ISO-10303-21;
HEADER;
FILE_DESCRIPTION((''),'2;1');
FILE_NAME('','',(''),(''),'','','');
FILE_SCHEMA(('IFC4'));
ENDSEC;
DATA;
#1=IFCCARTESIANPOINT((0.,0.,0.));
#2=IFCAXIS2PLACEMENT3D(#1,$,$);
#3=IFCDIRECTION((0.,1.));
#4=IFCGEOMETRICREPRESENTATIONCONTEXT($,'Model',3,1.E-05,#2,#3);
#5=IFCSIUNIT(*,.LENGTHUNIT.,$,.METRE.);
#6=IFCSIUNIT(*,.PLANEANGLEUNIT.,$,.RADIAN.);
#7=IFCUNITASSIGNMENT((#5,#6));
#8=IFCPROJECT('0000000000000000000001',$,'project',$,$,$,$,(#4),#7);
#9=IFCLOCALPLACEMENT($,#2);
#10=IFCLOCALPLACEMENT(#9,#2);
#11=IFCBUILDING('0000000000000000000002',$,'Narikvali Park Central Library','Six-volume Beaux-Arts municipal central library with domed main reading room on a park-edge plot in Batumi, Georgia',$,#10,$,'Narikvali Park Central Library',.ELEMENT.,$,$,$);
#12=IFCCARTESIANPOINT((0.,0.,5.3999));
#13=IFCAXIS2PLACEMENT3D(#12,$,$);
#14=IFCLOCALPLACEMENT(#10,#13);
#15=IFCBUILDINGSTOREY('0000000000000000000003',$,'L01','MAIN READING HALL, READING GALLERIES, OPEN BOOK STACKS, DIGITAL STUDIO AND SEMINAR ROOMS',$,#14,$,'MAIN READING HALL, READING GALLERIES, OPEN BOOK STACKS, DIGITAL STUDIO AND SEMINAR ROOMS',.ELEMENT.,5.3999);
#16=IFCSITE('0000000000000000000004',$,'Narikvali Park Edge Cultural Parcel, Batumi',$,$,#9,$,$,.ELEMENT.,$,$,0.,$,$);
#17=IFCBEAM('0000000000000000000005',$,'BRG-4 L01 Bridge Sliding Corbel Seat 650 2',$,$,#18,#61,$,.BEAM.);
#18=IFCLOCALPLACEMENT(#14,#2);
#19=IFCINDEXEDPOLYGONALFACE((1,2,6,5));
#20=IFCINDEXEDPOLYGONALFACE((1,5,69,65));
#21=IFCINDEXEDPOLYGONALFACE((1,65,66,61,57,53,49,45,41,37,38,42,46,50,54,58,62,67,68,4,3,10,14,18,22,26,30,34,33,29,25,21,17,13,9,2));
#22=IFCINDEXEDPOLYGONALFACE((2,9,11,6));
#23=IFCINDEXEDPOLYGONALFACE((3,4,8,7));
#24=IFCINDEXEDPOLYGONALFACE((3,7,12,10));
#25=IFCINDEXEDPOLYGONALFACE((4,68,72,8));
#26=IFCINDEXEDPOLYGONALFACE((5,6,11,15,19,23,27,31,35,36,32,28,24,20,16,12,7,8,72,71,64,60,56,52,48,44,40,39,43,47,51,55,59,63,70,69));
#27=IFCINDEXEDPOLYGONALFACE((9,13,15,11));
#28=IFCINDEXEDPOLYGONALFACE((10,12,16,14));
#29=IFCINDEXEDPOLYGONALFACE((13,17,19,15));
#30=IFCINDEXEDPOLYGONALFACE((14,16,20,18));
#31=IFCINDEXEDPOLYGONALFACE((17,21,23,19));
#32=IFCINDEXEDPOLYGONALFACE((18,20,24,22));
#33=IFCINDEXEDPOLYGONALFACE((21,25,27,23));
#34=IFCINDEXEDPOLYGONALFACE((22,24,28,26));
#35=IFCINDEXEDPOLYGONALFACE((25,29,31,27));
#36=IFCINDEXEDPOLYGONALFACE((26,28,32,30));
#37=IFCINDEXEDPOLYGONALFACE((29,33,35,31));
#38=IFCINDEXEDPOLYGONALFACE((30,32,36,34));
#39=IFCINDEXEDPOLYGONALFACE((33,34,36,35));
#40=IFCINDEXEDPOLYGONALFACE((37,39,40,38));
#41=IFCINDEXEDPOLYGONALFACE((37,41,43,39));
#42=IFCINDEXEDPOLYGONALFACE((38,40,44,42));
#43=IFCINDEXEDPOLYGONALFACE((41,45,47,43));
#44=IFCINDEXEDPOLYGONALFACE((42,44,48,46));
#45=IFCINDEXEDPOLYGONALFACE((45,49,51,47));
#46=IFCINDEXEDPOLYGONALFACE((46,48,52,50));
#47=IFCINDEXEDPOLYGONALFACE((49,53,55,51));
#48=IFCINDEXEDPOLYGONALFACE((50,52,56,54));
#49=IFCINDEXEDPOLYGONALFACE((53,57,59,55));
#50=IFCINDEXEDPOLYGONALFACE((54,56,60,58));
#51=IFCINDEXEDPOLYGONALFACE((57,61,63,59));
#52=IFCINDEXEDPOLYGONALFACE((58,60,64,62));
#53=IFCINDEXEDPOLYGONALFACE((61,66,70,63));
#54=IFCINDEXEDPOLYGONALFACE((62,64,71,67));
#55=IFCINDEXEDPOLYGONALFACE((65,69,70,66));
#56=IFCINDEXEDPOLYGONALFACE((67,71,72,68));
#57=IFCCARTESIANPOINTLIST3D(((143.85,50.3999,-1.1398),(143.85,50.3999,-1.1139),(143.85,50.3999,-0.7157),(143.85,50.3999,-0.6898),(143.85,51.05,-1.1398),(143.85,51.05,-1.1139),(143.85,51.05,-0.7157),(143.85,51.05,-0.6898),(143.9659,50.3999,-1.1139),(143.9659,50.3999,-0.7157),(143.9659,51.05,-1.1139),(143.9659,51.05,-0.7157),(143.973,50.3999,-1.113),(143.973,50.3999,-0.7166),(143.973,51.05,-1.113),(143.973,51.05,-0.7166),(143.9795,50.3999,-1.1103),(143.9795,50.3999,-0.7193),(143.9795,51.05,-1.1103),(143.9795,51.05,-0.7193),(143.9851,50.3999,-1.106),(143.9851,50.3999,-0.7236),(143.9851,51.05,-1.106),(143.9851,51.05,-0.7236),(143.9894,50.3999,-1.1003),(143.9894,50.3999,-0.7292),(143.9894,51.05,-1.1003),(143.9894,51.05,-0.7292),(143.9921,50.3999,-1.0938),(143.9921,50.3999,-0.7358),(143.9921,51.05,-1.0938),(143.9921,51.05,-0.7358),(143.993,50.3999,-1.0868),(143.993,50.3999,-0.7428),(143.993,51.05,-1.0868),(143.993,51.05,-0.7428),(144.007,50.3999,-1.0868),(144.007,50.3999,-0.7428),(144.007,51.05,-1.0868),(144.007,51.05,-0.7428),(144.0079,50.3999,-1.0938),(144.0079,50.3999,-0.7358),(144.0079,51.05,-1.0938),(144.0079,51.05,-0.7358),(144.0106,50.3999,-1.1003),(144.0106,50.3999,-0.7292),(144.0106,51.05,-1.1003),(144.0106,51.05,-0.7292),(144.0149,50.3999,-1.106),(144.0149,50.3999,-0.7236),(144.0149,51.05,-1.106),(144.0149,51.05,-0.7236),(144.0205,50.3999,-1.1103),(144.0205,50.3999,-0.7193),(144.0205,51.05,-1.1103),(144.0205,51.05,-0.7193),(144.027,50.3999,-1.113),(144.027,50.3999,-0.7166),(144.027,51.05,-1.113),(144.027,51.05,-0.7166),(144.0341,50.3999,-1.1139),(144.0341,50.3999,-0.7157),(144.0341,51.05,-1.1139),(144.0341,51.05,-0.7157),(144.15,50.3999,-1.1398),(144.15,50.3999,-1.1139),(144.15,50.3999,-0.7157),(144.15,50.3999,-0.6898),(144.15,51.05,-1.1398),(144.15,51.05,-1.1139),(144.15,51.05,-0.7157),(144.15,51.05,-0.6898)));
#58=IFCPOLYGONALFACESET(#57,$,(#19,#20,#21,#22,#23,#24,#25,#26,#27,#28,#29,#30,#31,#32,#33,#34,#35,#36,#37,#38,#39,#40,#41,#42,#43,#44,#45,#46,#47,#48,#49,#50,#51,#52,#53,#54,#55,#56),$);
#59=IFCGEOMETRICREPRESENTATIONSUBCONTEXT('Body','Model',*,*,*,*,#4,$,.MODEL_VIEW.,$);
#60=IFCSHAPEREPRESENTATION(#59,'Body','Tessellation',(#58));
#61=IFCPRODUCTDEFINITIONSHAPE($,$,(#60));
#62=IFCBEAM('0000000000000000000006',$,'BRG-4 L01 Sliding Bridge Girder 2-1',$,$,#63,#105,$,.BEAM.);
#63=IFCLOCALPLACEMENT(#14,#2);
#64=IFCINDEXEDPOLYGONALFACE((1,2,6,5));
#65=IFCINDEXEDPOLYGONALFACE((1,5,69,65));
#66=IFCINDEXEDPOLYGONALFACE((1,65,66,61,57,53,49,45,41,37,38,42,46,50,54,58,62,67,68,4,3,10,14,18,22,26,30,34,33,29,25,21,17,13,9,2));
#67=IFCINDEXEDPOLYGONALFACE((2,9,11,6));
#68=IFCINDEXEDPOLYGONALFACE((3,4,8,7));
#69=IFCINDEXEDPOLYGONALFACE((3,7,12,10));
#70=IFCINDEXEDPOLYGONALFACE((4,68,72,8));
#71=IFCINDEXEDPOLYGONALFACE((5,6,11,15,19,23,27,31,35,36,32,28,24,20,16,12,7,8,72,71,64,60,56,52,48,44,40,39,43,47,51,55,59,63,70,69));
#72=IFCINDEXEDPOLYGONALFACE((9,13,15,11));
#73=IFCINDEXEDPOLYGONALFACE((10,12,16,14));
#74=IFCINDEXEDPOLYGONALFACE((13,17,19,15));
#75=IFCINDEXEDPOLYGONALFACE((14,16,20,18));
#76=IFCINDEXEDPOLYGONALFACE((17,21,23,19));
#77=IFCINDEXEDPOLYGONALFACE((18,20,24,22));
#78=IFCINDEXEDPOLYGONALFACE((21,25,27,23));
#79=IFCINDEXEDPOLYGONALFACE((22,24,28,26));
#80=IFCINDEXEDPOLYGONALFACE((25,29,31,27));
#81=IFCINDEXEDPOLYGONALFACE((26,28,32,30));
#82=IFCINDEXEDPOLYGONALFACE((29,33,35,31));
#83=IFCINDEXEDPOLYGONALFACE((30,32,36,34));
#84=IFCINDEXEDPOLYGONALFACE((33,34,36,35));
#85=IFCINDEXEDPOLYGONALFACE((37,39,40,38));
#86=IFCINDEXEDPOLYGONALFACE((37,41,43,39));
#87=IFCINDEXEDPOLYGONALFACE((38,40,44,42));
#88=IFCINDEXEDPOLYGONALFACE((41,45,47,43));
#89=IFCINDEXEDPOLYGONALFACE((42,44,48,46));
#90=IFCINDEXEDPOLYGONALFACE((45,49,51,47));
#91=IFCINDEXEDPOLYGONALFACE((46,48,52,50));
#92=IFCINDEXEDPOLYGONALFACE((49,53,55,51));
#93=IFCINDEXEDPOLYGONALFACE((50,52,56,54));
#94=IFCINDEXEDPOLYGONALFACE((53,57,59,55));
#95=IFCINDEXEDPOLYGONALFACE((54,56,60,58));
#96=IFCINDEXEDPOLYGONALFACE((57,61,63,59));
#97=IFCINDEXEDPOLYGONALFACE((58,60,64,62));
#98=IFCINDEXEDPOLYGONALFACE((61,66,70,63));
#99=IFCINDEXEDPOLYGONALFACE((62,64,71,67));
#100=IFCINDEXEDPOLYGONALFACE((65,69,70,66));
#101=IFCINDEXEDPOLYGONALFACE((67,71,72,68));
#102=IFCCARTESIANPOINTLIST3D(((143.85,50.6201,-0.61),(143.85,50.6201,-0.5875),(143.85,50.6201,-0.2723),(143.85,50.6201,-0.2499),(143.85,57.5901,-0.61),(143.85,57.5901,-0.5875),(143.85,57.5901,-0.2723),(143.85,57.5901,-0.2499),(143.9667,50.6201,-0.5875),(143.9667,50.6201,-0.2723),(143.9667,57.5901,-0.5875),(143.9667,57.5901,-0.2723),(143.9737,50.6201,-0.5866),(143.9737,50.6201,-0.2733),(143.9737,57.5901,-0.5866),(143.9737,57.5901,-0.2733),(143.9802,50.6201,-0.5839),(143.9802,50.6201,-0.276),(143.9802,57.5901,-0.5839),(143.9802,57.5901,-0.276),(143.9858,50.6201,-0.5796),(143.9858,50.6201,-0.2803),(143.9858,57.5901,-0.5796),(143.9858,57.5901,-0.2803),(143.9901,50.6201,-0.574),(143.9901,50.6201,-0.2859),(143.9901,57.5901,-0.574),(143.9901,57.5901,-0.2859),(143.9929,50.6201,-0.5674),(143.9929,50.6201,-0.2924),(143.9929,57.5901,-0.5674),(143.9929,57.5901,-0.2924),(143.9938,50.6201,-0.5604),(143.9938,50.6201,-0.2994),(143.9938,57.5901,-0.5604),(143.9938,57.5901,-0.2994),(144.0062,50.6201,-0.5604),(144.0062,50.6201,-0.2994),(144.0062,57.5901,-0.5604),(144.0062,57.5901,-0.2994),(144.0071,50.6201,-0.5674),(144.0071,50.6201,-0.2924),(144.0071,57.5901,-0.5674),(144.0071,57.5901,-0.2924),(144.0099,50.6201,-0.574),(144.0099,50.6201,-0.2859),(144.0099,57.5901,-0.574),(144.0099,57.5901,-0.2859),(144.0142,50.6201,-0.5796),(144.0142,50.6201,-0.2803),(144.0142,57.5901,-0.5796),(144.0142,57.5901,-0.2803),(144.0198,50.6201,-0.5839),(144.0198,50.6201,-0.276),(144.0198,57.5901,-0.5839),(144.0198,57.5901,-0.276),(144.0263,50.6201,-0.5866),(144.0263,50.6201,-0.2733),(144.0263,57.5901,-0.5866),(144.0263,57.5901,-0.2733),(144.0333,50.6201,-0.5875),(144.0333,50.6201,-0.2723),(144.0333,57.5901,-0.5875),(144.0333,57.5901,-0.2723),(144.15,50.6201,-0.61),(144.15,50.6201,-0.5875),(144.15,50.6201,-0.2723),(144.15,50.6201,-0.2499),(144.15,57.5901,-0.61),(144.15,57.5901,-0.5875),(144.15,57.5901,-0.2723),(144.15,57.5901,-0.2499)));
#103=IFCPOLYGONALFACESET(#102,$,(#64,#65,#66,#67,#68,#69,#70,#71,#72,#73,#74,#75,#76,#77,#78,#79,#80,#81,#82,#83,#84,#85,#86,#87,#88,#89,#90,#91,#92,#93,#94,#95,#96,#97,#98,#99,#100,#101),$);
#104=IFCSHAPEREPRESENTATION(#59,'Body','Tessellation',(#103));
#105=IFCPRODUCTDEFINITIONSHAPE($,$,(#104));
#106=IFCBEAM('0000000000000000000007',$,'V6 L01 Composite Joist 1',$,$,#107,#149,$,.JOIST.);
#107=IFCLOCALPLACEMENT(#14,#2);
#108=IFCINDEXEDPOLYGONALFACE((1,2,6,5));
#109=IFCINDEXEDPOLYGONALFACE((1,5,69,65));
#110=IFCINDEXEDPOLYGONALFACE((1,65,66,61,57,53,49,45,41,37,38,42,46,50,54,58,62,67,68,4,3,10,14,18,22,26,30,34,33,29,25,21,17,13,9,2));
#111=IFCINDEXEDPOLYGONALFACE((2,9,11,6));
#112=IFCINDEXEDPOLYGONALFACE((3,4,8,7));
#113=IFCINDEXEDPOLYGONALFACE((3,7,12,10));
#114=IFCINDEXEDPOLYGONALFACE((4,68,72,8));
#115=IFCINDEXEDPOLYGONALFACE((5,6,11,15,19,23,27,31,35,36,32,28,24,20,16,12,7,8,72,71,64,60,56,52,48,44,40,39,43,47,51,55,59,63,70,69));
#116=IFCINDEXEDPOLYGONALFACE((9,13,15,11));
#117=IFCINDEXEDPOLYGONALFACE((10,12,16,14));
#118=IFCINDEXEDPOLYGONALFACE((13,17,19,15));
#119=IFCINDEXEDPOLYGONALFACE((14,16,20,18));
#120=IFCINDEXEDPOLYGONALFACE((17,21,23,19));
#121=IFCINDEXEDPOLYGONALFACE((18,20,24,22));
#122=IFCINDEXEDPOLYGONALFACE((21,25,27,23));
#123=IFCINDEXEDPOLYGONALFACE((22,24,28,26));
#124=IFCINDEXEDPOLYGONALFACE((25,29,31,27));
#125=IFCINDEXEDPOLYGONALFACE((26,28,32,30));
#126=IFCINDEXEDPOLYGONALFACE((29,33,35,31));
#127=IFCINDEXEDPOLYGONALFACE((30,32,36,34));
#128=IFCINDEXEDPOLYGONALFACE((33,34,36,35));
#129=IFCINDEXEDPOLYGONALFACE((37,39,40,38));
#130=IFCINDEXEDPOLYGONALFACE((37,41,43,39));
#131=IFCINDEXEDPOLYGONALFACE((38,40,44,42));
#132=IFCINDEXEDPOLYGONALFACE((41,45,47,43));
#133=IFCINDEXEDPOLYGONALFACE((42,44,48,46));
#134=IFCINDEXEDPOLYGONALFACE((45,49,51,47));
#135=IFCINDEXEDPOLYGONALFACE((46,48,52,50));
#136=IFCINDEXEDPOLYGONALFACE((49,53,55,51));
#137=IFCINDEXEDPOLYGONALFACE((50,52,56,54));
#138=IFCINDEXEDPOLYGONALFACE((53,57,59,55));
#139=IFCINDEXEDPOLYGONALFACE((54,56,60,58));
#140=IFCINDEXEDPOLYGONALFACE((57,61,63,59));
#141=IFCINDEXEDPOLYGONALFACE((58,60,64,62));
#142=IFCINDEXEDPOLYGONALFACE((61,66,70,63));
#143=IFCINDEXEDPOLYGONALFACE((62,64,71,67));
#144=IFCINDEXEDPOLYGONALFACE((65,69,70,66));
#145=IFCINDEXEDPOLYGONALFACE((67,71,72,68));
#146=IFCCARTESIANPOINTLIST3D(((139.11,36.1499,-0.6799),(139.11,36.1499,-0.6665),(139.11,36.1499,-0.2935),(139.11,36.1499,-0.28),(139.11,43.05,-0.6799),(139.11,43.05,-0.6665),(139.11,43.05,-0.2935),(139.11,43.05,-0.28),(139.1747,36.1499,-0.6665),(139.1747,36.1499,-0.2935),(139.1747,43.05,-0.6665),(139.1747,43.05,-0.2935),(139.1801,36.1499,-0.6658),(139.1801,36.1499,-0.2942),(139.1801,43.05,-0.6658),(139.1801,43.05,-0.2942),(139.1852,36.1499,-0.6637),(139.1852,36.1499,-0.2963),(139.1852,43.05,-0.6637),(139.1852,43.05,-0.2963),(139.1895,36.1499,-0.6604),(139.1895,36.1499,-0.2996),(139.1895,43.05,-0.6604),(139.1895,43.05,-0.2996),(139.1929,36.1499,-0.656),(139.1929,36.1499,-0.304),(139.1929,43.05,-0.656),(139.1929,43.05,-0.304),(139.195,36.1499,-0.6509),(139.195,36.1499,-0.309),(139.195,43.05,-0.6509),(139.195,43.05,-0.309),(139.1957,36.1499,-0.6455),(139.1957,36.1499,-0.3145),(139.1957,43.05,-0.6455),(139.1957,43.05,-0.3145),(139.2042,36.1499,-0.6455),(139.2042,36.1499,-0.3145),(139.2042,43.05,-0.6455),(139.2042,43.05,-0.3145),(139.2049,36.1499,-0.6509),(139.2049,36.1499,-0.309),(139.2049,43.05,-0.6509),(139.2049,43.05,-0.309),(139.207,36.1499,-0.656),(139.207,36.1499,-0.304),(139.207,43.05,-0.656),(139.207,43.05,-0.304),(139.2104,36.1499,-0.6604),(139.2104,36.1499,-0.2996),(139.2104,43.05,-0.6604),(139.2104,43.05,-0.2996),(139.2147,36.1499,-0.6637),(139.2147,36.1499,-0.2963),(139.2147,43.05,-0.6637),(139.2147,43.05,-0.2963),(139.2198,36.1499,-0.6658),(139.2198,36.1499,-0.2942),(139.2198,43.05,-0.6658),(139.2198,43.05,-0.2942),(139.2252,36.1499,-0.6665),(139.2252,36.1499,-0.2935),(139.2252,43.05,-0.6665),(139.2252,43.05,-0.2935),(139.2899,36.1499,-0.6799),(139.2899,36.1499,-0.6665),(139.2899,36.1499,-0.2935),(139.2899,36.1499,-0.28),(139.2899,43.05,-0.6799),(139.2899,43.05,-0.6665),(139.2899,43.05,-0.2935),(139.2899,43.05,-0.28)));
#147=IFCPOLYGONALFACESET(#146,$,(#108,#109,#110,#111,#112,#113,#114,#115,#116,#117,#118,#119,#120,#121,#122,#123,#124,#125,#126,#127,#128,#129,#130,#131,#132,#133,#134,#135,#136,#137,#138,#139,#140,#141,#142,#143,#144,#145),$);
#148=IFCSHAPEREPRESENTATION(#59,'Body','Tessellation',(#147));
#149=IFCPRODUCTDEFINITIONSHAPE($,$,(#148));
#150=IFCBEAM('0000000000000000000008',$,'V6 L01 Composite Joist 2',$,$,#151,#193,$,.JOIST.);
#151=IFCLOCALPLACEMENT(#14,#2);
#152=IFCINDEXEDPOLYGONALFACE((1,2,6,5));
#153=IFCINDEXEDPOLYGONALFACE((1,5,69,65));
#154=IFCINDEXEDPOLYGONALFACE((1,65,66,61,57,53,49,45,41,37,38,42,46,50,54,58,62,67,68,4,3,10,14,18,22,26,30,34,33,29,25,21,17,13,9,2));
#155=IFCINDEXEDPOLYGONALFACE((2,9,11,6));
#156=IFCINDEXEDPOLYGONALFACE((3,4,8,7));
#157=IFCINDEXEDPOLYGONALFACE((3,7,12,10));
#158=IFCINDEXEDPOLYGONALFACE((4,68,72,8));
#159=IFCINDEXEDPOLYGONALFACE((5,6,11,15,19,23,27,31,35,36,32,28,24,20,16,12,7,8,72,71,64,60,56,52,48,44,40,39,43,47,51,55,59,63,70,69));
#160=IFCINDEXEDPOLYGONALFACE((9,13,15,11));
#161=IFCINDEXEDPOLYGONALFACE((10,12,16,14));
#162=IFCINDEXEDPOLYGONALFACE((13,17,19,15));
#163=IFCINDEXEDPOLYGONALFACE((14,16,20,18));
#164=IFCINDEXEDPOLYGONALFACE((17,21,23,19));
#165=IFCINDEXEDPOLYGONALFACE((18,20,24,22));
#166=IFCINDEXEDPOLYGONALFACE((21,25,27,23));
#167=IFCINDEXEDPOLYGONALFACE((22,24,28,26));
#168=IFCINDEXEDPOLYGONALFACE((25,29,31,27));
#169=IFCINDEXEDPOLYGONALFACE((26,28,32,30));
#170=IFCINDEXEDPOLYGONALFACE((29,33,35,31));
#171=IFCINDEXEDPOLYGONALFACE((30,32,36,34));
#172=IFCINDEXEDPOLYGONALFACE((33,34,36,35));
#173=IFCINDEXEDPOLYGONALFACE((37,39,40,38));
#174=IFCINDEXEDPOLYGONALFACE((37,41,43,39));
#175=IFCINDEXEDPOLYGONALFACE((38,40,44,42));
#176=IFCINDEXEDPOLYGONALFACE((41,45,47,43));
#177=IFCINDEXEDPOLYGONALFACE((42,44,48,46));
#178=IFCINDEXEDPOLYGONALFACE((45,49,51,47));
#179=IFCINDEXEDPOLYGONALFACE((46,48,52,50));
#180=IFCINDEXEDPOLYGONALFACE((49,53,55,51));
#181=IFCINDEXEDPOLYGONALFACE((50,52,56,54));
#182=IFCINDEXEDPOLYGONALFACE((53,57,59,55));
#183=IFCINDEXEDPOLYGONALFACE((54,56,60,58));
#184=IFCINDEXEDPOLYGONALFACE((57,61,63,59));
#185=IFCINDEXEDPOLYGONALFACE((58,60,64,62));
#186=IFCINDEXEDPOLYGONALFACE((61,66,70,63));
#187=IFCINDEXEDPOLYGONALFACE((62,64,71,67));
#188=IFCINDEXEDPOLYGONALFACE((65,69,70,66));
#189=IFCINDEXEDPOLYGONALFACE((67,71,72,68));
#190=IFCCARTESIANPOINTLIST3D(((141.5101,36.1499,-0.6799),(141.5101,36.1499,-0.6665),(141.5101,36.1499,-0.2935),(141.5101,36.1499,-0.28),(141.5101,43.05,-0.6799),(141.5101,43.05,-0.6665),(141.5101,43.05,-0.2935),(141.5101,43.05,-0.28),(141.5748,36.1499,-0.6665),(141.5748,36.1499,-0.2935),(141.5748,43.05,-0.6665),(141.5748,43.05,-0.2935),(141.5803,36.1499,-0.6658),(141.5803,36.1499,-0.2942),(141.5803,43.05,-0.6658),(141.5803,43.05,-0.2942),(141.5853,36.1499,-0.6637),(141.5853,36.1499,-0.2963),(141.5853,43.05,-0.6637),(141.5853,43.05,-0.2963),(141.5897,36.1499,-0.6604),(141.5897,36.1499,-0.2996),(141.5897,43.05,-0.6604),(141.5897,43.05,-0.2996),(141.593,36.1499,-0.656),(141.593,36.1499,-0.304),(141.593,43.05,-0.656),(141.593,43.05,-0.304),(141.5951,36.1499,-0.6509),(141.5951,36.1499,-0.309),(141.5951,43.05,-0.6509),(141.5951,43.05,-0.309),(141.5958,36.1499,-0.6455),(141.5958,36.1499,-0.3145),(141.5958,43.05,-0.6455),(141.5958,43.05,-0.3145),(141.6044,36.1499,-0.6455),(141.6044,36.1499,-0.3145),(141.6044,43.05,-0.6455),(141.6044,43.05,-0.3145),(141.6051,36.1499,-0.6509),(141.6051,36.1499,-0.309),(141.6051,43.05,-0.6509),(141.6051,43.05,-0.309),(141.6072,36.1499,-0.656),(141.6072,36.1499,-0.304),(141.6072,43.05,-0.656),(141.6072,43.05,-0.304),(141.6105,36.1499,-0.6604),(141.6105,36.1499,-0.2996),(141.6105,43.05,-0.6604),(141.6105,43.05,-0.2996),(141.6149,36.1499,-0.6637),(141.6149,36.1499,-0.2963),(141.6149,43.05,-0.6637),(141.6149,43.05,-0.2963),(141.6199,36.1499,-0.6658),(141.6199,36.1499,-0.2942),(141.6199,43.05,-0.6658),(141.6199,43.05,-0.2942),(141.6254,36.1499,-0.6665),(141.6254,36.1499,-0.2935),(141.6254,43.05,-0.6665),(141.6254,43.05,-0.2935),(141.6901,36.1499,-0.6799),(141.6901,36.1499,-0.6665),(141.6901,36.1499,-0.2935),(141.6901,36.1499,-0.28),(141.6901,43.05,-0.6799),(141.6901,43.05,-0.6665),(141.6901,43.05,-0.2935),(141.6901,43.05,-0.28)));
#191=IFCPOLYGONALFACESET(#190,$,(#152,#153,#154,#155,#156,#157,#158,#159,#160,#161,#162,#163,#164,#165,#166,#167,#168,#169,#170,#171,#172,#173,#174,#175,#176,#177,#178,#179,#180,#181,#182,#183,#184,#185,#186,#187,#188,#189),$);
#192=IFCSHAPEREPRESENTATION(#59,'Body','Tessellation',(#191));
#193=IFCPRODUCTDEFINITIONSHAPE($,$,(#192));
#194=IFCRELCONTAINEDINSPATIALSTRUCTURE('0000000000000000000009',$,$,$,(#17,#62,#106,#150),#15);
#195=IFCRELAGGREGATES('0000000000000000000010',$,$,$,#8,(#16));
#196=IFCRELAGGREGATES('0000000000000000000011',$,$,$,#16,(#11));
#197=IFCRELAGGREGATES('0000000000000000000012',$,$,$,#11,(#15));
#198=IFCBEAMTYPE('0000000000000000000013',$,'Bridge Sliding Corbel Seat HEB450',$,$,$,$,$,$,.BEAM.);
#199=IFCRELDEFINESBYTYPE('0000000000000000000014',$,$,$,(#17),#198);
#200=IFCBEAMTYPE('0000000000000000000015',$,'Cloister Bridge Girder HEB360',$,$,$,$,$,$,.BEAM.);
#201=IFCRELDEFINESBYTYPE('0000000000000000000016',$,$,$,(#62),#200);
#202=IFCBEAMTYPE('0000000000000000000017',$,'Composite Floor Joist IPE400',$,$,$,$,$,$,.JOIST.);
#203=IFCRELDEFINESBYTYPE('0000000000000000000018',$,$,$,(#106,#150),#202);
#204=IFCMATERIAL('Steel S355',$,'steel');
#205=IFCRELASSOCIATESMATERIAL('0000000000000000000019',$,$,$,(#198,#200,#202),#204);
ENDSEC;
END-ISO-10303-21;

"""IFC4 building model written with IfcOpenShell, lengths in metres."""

from ifc_helpers import new_model, si_unit, direction, frame, origin, origin_2d, place, context, subcontext, project, spatial, i_section, extrude, material, material_profile, profile_set, type_object, element, save


model = new_model("IFC4")

# Units and contexts
model_context = context("Model", 3, precision=1e-05, world=origin(), true_north=direction((0.0, 1.0)))
body_context = subcontext(model_context, "Body", "Model", "MODEL_VIEW")
ifc_project = project(units=[si_unit("LENGTHUNIT", "METRE"), si_unit("PLANEANGLEUNIT", "RADIAN")], contexts=[model_context])

# Site, building, storey
site_placement = place(None, origin())
site = spatial("IfcSite", under=ifc_project, at=site_placement, Name="Narikvali Park Edge Cultural Parcel, Batumi", CompositionType="ELEMENT", RefElevation=0.0)
building_placement = place(site_placement, origin())
building = spatial("IfcBuilding", under=site, at=building_placement, Name="Narikvali Park Central Library", Description="Six-volume Beaux-Arts municipal central library with domed main reading room on a park-edge plot in Batumi, Georgia", LongName="Narikvali Park Central Library", CompositionType="ELEMENT")
storey_placement = place(building_placement, frame((0.0, 0.0, 5.3999)))
storey = spatial("IfcBuildingStorey", under=building, at=storey_placement, Name="L01", Description="MAIN READING HALL, READING GALLERIES, OPEN BOOK STACKS, DIGITAL STUDIO AND SEMINAR ROOMS", LongName="MAIN READING HALL, READING GALLERIES, OPEN BOOK STACKS, DIGITAL STUDIO AND SEMINAR ROOMS", CompositionType="ELEMENT", Elevation=5.3999)

# Shared definitions
ifc_material_1 = material(Name="Steel S355", Category="steel")

# Beams
ifc_material_profile_1 = material_profile(ifc_material_1, i_section(OverallWidth=0.3, OverallDepth=0.45, WebThickness=0.0139, FlangeThickness=0.0259, FilletRadius=0.0271, at=origin_2d()), Name="HEB 450")
ifc_profile_set_1 = profile_set([ifc_material_profile_1], Name="Steel S355")
beam_type_1 = type_object("IfcBeamType", Name="Bridge Sliding Corbel Seat HEB450", PredefinedType="BEAM", material=ifc_profile_set_1)
beam_1_placement = place(storey_placement, frame((144.0, 50.3999, -0.9148), z_axis=(0.0, 1.0, 0.0), x_axis=(-1.0, 0.0, 0.0)))
element("IfcBeam", 1, at=beam_1_placement, inside=storey, type_object=beam_type_1, Name="BRG-4 L01 Bridge Sliding Corbel Seat 650 2", PredefinedType="BEAM", context=body_context, shape_type="SweptSolid", body=[
    extrude(i_section(OverallWidth=0.3, OverallDepth=0.45, WebThickness=0.0139, FlangeThickness=0.0259, FilletRadius=0.0271, at=origin_2d()), origin(), (0.0, 0.0, 1.0), 0.6501),
])
ifc_material_profile_2 = material_profile(ifc_material_1, i_section(OverallWidth=0.3, OverallDepth=0.3601, WebThickness=0.0125, FlangeThickness=0.0225, FilletRadius=0.0271, at=origin_2d()), Name="HEB 360")
ifc_profile_set_2 = profile_set([ifc_material_profile_2], Name="Steel S355")
beam_type_2 = type_object("IfcBeamType", Name="Cloister Bridge Girder HEB360", PredefinedType="BEAM", material=ifc_profile_set_2)
beam_2_placement = place(storey_placement, frame((144.0, 50.6201, -0.4299), z_axis=(0.0, 1.0, 0.0), x_axis=(-1.0, 0.0, 0.0)))
element("IfcBeam", 2, at=beam_2_placement, inside=storey, type_object=beam_type_2, Name="BRG-4 L01 Sliding Bridge Girder 2-1", PredefinedType="BEAM", context=body_context, shape_type="SweptSolid", body=[
    extrude(i_section(OverallWidth=0.3, OverallDepth=0.3601, WebThickness=0.0125, FlangeThickness=0.0225, FilletRadius=0.0271, at=origin_2d()), origin(), (0.0, 0.0, 1.0), 6.97),
])
ifc_material_profile_3 = material_profile(ifc_material_1, i_section(OverallWidth=0.1799, OverallDepth=0.3999, WebThickness=0.0085, FlangeThickness=0.0134, FilletRadius=0.021, at=origin_2d()), Name="IPE 400")
ifc_profile_set_3 = profile_set([ifc_material_profile_3], Name="Steel S355")
beam_type_3 = type_object("IfcBeamType", Name="Composite Floor Joist IPE400", PredefinedType="JOIST", material=ifc_profile_set_3)
for number, where, z_axis, x_axis, name in (
    (3, (139.2, 36.1499, -0.48), (0.0, 1.0, 0.0), (-1.0, 0.0, 0.0), "V6 L01 Composite Joist 1"),
    (4, (141.6001, 36.1499, -0.48), (0.0, 1.0, 0.0), (-1.0, 0.0, 0.0), "V6 L01 Composite Joist 2"),
):
    element("IfcBeam", number, at=place(storey_placement, frame(where, z_axis=z_axis, x_axis=x_axis)), inside=storey, type_object=beam_type_3, Name=name, PredefinedType="JOIST", context=body_context, shape_type="SweptSolid", body=[
        extrude(i_section(OverallWidth=0.1799, OverallDepth=0.3999, WebThickness=0.0085, FlangeThickness=0.0134, FilletRadius=0.021, at=origin_2d()), origin(), (0.0, 0.0, 1.0), 6.9001),
    ])

save(model, "model.ifc")
